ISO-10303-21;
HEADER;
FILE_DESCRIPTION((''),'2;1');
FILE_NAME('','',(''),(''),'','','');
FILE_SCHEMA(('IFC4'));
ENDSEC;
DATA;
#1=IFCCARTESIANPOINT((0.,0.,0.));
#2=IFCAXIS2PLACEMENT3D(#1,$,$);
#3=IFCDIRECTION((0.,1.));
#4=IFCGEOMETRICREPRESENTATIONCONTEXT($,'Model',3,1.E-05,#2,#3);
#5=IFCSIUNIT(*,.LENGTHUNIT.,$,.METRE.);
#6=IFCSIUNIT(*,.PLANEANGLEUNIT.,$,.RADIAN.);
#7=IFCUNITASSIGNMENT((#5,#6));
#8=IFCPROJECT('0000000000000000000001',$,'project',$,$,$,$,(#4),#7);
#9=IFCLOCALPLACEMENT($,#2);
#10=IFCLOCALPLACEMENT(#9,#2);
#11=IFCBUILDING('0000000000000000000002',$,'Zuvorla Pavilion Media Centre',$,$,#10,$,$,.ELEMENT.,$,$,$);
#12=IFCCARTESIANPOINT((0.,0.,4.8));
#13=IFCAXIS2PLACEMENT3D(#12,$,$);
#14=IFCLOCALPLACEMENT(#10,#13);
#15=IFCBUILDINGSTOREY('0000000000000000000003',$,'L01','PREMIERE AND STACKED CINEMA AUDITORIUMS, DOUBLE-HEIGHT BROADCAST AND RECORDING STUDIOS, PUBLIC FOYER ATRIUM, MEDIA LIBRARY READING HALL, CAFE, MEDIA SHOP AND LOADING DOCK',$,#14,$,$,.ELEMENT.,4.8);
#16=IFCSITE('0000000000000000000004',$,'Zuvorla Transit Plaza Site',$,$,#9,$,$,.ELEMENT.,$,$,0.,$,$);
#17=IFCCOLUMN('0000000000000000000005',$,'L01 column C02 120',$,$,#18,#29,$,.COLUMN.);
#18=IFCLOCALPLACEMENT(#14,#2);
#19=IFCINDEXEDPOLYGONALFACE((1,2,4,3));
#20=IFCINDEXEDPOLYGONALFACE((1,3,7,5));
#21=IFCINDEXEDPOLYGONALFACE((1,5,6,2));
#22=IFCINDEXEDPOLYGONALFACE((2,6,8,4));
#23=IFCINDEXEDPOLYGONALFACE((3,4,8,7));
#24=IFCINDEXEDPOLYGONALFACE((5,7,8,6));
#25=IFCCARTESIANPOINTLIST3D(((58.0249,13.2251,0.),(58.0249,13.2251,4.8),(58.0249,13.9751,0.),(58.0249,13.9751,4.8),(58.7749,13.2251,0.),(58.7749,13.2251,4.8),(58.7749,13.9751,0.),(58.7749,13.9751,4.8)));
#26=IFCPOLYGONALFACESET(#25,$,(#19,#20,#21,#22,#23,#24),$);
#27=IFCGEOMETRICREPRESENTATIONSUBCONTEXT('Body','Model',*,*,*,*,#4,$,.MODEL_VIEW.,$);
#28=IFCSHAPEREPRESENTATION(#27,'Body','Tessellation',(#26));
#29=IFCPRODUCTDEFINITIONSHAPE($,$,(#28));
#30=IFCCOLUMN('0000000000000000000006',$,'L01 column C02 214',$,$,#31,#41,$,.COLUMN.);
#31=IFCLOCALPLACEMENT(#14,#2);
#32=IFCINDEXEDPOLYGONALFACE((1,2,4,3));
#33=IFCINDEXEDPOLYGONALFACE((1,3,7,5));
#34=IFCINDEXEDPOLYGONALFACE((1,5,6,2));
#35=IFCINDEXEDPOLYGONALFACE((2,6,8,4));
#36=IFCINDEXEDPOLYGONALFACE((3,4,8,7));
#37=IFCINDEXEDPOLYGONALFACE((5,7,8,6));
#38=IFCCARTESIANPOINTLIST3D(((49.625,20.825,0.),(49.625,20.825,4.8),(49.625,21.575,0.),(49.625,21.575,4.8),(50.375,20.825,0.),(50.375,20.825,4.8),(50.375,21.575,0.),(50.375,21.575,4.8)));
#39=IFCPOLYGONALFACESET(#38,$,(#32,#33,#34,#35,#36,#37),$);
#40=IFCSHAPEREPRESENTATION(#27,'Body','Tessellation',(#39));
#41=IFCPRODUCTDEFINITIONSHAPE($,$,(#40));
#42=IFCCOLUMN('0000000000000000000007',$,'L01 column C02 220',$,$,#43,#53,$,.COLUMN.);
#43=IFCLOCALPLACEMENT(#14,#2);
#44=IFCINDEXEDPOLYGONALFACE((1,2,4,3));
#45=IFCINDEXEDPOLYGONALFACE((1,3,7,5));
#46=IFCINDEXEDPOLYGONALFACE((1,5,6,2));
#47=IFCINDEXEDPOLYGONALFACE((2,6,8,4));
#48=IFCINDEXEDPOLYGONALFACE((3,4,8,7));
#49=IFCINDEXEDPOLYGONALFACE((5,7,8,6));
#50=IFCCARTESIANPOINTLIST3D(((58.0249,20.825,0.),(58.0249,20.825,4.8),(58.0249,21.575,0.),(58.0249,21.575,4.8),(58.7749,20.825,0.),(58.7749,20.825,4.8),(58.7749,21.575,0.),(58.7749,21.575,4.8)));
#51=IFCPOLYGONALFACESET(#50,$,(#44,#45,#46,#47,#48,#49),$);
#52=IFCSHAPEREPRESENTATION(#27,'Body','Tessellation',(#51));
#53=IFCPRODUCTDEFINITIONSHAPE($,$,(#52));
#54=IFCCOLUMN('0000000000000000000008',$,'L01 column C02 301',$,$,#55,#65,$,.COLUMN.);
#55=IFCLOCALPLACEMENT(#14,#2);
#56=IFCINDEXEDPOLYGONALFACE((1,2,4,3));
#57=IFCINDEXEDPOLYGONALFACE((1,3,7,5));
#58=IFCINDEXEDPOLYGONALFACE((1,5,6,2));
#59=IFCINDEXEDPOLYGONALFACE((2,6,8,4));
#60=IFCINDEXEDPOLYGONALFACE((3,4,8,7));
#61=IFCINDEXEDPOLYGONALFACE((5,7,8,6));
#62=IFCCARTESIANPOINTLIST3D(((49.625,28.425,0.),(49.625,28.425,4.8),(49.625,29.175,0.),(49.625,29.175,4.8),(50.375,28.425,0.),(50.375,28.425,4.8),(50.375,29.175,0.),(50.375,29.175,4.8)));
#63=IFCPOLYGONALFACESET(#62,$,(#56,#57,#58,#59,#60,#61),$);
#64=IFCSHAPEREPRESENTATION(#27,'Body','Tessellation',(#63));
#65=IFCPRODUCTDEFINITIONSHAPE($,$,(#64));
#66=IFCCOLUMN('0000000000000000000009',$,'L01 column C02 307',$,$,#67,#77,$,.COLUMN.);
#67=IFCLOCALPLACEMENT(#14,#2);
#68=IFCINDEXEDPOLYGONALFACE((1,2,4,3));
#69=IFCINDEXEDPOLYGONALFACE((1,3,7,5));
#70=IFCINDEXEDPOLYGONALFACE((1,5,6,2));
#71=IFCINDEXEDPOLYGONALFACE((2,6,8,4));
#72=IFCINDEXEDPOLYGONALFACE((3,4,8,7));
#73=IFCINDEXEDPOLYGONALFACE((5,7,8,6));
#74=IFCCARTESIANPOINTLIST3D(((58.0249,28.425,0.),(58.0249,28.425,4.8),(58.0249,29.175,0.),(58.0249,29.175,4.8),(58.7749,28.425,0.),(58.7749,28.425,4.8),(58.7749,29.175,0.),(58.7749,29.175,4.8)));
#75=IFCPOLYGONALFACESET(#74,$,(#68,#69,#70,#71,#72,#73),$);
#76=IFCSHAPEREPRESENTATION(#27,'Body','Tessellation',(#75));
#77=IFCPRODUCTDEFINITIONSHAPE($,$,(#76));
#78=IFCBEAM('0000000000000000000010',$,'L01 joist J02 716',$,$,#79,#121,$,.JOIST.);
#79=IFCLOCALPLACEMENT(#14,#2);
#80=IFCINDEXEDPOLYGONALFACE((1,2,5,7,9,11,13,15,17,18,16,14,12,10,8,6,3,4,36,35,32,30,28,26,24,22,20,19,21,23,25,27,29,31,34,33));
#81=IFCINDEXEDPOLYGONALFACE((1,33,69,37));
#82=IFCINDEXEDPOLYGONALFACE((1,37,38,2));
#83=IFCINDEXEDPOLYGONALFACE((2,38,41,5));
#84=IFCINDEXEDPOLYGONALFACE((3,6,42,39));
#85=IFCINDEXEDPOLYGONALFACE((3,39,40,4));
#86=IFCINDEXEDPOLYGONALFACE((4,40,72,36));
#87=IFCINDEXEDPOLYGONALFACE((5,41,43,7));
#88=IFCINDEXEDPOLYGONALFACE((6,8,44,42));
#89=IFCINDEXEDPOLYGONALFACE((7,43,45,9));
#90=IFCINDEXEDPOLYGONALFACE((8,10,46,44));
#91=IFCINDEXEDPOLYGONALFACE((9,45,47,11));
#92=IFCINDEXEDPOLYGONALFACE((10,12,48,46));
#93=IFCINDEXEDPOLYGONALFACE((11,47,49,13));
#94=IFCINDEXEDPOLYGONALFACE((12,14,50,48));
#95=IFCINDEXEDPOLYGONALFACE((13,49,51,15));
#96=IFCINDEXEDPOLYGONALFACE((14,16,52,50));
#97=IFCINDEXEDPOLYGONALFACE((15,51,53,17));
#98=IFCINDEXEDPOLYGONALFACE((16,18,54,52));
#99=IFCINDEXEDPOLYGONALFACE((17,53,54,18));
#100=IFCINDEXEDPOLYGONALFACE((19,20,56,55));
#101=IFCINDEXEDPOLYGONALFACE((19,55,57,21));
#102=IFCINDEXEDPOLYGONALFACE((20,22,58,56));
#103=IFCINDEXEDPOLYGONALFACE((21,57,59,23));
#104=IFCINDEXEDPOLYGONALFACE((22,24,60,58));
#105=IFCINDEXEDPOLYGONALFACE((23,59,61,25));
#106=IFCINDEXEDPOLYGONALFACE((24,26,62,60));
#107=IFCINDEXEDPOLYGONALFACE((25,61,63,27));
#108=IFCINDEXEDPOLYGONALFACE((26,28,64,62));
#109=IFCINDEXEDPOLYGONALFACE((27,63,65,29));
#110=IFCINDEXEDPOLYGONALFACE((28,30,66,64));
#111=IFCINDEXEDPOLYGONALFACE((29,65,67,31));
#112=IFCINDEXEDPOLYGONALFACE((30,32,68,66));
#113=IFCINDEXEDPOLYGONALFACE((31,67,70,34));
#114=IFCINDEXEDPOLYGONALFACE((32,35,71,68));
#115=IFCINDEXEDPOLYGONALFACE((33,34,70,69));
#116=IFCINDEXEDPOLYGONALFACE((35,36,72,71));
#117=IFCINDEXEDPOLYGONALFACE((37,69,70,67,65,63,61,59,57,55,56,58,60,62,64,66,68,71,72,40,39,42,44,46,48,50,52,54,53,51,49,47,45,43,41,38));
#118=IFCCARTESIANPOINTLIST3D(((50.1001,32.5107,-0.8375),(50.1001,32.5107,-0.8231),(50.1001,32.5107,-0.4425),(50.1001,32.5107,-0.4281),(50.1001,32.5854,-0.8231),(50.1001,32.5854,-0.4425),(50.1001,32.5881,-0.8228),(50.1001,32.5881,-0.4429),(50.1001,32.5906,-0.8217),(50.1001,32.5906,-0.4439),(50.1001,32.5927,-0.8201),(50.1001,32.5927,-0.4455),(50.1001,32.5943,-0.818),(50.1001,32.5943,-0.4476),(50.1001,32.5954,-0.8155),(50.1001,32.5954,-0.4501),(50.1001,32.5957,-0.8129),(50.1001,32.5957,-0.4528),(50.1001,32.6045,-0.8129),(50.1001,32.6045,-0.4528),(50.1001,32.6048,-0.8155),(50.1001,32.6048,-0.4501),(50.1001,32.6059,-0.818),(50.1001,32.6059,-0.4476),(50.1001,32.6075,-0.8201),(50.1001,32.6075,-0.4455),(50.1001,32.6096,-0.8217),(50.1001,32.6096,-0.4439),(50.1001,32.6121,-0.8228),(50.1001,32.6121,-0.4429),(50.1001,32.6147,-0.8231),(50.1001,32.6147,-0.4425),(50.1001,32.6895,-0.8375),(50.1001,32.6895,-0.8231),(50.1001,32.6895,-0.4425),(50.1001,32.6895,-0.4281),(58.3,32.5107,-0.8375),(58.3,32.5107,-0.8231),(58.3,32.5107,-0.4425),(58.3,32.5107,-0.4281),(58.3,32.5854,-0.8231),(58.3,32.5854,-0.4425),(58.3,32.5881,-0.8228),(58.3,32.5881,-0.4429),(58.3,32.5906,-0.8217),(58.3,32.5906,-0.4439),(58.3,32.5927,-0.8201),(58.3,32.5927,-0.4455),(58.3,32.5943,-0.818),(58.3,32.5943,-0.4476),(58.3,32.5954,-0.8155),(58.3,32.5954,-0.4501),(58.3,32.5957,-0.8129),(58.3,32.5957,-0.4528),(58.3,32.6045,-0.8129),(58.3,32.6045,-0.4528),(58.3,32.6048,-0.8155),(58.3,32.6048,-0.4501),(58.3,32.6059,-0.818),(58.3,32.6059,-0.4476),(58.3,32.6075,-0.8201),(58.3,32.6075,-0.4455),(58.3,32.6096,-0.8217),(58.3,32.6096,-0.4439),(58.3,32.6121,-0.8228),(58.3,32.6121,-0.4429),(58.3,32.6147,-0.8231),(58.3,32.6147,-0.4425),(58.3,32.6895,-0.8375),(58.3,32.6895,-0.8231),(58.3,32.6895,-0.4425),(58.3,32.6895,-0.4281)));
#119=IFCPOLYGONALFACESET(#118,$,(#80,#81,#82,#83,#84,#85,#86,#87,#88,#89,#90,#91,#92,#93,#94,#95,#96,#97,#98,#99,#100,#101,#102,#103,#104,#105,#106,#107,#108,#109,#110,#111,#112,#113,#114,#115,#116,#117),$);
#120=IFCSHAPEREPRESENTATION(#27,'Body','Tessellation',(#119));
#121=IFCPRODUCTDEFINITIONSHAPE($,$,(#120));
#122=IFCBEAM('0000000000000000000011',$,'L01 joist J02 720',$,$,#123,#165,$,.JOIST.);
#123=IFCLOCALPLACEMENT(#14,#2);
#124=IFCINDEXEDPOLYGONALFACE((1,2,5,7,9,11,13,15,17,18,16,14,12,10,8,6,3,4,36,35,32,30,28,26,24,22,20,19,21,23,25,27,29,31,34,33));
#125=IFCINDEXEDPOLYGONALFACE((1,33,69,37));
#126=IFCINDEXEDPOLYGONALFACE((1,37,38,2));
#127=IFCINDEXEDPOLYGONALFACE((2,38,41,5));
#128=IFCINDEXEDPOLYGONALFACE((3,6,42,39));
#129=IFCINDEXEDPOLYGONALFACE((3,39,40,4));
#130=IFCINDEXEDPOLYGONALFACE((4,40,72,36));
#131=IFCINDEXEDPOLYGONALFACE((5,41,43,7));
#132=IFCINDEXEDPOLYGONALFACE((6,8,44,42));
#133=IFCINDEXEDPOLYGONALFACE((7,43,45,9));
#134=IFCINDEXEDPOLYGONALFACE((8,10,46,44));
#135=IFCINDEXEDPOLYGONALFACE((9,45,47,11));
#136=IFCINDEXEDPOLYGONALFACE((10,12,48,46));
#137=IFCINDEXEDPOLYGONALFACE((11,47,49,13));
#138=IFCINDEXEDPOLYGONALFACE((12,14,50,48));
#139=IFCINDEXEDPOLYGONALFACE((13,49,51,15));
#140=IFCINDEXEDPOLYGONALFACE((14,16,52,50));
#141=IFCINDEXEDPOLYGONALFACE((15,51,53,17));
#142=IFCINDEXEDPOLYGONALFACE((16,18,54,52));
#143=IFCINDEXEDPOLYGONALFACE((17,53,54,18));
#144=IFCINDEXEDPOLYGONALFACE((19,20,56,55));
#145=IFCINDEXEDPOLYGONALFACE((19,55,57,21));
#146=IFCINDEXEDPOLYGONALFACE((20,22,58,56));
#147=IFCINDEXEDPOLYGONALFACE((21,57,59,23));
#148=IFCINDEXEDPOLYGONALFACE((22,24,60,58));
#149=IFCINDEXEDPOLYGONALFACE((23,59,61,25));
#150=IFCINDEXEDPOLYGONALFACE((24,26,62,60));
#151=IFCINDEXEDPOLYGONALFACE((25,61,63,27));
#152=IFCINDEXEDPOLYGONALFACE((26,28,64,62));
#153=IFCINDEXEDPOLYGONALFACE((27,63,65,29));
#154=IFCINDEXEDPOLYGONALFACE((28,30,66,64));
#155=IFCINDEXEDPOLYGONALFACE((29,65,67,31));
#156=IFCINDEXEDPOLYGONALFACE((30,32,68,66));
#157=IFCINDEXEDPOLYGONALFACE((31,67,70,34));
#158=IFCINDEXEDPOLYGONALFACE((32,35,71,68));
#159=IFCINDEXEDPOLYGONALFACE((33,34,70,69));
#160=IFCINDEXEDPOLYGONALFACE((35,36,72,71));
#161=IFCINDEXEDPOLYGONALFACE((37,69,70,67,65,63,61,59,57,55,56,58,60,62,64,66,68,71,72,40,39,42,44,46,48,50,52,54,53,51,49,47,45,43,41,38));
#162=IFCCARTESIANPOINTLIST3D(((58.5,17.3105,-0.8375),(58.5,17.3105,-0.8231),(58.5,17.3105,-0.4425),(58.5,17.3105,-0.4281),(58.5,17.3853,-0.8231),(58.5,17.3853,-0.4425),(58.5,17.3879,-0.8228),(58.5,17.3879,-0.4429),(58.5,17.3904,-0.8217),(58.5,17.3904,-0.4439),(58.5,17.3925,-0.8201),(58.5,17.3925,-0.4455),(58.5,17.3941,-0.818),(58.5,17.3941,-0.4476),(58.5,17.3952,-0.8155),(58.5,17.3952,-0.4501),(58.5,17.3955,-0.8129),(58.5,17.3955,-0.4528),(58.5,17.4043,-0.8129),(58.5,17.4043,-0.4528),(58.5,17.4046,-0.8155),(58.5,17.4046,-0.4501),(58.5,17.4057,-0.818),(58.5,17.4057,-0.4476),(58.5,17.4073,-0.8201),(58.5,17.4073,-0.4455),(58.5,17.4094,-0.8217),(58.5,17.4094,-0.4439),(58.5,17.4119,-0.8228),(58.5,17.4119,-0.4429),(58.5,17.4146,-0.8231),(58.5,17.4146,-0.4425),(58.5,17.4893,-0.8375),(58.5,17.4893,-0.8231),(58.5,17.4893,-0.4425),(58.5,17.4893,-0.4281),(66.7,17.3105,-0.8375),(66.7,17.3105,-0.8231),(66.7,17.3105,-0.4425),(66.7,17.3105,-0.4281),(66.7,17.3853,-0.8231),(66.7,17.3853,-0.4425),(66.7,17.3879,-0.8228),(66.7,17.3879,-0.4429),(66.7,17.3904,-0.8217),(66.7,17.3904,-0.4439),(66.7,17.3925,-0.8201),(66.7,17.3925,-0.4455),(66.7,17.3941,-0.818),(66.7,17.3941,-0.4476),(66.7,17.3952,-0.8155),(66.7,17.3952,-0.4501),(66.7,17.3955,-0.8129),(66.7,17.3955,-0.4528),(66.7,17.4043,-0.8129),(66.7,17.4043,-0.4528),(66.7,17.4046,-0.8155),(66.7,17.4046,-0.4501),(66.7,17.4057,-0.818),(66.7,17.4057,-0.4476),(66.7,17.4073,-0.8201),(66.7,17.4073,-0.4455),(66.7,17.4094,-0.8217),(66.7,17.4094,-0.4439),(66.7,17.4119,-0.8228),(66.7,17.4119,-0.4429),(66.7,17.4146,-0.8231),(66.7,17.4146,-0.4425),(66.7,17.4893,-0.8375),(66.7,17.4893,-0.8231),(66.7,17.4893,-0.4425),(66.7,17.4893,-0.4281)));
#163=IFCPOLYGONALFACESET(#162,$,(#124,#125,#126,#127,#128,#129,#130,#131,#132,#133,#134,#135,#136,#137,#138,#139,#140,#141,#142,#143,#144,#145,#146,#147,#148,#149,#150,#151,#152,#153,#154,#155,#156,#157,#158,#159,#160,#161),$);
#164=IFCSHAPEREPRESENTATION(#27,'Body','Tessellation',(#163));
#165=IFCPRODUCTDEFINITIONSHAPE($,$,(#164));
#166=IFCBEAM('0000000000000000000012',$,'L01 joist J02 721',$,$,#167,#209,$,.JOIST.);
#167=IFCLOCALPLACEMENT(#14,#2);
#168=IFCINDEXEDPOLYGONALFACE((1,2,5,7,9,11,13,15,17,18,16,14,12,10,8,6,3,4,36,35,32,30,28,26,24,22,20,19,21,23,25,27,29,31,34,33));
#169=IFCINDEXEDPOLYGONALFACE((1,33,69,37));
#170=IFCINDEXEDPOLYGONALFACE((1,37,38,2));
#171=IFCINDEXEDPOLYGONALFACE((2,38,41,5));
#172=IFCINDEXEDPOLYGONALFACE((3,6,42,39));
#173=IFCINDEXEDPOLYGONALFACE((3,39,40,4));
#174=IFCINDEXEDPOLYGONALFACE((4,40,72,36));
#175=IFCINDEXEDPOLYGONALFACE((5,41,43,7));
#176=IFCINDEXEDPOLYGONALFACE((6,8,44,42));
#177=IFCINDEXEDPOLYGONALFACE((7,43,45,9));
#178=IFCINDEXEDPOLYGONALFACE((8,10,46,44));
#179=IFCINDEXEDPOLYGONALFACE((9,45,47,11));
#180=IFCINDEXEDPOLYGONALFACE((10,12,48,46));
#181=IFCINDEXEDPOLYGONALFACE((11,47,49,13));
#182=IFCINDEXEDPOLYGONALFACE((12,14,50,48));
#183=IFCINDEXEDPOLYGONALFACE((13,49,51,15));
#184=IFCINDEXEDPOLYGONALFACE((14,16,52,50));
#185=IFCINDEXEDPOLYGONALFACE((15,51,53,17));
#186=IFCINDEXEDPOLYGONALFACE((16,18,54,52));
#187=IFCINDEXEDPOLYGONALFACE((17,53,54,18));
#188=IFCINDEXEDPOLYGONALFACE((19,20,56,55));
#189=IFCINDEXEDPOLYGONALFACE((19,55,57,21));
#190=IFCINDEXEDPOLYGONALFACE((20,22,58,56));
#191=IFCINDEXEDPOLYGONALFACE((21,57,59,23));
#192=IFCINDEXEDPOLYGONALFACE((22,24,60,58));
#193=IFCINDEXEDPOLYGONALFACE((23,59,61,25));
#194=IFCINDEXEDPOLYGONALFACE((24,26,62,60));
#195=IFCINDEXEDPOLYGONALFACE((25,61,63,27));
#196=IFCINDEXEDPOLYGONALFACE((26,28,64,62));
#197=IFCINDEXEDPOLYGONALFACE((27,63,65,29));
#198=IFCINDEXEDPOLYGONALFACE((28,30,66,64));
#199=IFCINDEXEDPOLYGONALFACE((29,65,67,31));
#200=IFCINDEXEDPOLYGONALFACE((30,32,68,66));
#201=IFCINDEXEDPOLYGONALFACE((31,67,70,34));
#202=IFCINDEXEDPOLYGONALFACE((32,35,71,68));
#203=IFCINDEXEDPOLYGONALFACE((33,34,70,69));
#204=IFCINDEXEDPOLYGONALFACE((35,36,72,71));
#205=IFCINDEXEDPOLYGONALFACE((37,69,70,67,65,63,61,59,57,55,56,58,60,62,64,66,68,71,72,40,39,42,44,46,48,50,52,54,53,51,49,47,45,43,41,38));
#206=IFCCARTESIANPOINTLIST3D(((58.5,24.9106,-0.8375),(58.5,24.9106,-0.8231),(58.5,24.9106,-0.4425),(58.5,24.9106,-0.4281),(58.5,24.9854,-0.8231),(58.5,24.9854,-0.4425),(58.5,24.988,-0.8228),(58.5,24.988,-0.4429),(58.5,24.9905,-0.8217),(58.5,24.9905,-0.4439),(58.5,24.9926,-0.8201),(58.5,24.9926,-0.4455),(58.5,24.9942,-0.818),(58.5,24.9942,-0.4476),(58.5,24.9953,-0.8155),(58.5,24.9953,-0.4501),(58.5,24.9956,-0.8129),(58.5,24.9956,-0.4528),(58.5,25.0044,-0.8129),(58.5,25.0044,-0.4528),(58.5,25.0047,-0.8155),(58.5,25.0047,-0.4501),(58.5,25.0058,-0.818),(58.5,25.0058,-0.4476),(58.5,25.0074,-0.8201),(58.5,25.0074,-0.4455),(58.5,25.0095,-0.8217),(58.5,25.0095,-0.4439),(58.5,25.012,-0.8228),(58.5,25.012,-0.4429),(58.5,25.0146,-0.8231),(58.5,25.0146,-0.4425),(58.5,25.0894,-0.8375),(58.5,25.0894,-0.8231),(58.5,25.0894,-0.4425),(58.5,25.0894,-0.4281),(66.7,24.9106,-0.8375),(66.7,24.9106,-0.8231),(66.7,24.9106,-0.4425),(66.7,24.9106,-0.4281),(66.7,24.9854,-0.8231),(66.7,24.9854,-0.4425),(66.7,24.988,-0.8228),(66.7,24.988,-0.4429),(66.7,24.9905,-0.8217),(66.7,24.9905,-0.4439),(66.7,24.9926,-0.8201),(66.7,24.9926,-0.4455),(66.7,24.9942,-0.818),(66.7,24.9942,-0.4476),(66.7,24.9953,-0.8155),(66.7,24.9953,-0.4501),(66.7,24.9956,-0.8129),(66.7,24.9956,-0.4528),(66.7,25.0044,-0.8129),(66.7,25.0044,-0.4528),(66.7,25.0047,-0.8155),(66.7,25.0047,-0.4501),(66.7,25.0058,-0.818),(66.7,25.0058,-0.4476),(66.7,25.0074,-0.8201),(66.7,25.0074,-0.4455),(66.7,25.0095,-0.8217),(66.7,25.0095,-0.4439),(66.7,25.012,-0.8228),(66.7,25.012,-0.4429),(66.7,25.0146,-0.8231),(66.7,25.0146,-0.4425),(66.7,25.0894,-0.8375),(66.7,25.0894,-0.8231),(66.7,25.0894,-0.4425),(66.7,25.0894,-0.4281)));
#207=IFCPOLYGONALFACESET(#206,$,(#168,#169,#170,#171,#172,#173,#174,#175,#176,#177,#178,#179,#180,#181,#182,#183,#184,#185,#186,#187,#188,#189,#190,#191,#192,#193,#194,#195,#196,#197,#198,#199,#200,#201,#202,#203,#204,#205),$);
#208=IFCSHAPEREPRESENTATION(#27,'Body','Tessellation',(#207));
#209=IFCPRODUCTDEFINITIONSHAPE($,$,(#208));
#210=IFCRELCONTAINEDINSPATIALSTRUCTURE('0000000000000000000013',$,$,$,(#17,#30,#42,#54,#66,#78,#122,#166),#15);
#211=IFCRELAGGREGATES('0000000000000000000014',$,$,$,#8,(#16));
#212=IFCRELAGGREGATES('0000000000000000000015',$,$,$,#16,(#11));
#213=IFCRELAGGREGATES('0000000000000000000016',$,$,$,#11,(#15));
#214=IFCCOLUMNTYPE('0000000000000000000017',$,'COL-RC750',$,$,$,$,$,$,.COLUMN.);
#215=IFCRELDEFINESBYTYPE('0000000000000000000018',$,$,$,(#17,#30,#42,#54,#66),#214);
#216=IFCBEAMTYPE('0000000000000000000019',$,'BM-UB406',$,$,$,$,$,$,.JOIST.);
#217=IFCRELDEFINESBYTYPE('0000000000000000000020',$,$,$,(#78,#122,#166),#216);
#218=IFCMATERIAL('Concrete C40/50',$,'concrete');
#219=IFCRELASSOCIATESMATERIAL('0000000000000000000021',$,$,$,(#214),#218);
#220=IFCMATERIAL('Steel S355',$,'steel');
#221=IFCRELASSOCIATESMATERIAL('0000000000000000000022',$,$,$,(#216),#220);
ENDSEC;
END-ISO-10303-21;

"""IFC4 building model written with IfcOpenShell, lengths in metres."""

from ifc_helpers import new_model, si_unit, direction, frame, origin, origin_2d, place, context, subcontext, project, spatial, rectangle, i_section, extrude, material, material_profile, profile_set, type_object, element, save


model = new_model("IFC4")

# Units and contexts
model_context = context("Model", 3, precision=1e-05, world=origin(), true_north=direction((0.0, 1.0)))
body_context = subcontext(model_context, "Body", "Model", "MODEL_VIEW")
ifc_project = project(units=[si_unit("LENGTHUNIT", "METRE"), si_unit("PLANEANGLEUNIT", "RADIAN")], contexts=[model_context])

# Site, building, storey
site_placement = place(None, origin())
site = spatial("IfcSite", under=ifc_project, at=site_placement, Name="Zuvorla Transit Plaza Site", CompositionType="ELEMENT", RefElevation=0.0)
building_placement = place(site_placement, origin())
building = spatial("IfcBuilding", under=site, at=building_placement, Name="Zuvorla Pavilion Media Centre", CompositionType="ELEMENT")
storey_placement = place(building_placement, frame((0.0, 0.0, 4.8)))
storey = spatial("IfcBuildingStorey", under=building, at=storey_placement, Name="L01", Description="PREMIERE AND STACKED CINEMA AUDITORIUMS, DOUBLE-HEIGHT BROADCAST AND RECORDING STUDIOS, PUBLIC FOYER ATRIUM, MEDIA LIBRARY READING HALL, CAFE, MEDIA SHOP AND LOADING DOCK", CompositionType="ELEMENT", Elevation=4.8)

# Columns
ifc_material_1 = material(Name="Concrete C40/50", Category="concrete")
ifc_material_profile_1 = material_profile(ifc_material_1, rectangle(XDim=0.75, YDim=0.75, at=origin_2d()), Name="RC 750x750")
ifc_profile_set_1 = profile_set([ifc_material_profile_1], Name="Concrete C40/50")
column_type = type_object("IfcColumnType", Name="COL-RC750", PredefinedType="COLUMN", material=ifc_profile_set_1)
for number, where, z_axis, x_axis, name in (
    (1, (58.3999, 13.6001, 0.0), (0.0, 0.0, 1.0), (1.0, 0.0, 0.0), "L01 column C02 120"),
    (2, (50.0, 21.2, 0.0), (0.0, 0.0, 1.0), (1.0, 0.0, 0.0), "L01 column C02 214"),
    (3, (58.3999, 21.2, 0.0), (0.0, 0.0, 1.0), (1.0, 0.0, 0.0), "L01 column C02 220"),
    (4, (50.0, 28.8, 0.0), (0.0, 0.0, 1.0), (1.0, 0.0, 0.0), "L01 column C02 301"),
    (5, (58.3999, 28.8, 0.0), (0.0, 0.0, 1.0), (1.0, 0.0, 0.0), "L01 column C02 307"),
):
    element("IfcColumn", number, at=place(storey_placement, frame(where, z_axis=z_axis, x_axis=x_axis)), inside=storey, type_object=column_type, Name=name, PredefinedType="COLUMN", context=body_context, shape_type="SweptSolid", body=[
        extrude(rectangle(XDim=0.75, YDim=0.75, at=origin_2d()), origin(), (0.0, 0.0, 1.0), 4.8),
    ])

# Beams
ifc_material_2 = material(Name="Steel S355", Category="steel")
ifc_material_profile_2 = material_profile(ifc_material_2, i_section(OverallWidth=0.1787, OverallDepth=0.4094, WebThickness=0.0088, FlangeThickness=0.0144, FilletRadius=0.0103, at=origin_2d()), Name="UB 406x178x67")
ifc_profile_set_2 = profile_set([ifc_material_profile_2], Name="Steel S355")
beam_type_1 = type_object("IfcBeamType", Name="BM-UB406", PredefinedType="JOIST", material=ifc_profile_set_2)
for number, where, z_axis, x_axis, name in (
    (6, (50.1001, 32.6001, -0.6328), (1.0, 0.0, 0.0), (0.0, 1.0, 0.0), "L01 joist J02 716"),
    (7, (58.5, 17.3999, -0.6328), (1.0, 0.0, 0.0), (0.0, 1.0, 0.0), "L01 joist J02 720"),
    (8, (58.5, 25.0, -0.6328), (1.0, 0.0, 0.0), (0.0, 1.0, 0.0), "L01 joist J02 721"),
):
    element("IfcBeam", number, at=place(storey_placement, frame(where, z_axis=z_axis, x_axis=x_axis)), inside=storey, type_object=beam_type_1, Name=name, PredefinedType="JOIST", context=body_context, shape_type="SweptSolid", body=[
        extrude(i_section(OverallWidth=0.1787, OverallDepth=0.4094, WebThickness=0.0088, FlangeThickness=0.0144, FilletRadius=0.0103, at=origin_2d()), origin(), (0.0, 0.0, 1.0), 8.2),
    ])

save(model, "model.ifc")
